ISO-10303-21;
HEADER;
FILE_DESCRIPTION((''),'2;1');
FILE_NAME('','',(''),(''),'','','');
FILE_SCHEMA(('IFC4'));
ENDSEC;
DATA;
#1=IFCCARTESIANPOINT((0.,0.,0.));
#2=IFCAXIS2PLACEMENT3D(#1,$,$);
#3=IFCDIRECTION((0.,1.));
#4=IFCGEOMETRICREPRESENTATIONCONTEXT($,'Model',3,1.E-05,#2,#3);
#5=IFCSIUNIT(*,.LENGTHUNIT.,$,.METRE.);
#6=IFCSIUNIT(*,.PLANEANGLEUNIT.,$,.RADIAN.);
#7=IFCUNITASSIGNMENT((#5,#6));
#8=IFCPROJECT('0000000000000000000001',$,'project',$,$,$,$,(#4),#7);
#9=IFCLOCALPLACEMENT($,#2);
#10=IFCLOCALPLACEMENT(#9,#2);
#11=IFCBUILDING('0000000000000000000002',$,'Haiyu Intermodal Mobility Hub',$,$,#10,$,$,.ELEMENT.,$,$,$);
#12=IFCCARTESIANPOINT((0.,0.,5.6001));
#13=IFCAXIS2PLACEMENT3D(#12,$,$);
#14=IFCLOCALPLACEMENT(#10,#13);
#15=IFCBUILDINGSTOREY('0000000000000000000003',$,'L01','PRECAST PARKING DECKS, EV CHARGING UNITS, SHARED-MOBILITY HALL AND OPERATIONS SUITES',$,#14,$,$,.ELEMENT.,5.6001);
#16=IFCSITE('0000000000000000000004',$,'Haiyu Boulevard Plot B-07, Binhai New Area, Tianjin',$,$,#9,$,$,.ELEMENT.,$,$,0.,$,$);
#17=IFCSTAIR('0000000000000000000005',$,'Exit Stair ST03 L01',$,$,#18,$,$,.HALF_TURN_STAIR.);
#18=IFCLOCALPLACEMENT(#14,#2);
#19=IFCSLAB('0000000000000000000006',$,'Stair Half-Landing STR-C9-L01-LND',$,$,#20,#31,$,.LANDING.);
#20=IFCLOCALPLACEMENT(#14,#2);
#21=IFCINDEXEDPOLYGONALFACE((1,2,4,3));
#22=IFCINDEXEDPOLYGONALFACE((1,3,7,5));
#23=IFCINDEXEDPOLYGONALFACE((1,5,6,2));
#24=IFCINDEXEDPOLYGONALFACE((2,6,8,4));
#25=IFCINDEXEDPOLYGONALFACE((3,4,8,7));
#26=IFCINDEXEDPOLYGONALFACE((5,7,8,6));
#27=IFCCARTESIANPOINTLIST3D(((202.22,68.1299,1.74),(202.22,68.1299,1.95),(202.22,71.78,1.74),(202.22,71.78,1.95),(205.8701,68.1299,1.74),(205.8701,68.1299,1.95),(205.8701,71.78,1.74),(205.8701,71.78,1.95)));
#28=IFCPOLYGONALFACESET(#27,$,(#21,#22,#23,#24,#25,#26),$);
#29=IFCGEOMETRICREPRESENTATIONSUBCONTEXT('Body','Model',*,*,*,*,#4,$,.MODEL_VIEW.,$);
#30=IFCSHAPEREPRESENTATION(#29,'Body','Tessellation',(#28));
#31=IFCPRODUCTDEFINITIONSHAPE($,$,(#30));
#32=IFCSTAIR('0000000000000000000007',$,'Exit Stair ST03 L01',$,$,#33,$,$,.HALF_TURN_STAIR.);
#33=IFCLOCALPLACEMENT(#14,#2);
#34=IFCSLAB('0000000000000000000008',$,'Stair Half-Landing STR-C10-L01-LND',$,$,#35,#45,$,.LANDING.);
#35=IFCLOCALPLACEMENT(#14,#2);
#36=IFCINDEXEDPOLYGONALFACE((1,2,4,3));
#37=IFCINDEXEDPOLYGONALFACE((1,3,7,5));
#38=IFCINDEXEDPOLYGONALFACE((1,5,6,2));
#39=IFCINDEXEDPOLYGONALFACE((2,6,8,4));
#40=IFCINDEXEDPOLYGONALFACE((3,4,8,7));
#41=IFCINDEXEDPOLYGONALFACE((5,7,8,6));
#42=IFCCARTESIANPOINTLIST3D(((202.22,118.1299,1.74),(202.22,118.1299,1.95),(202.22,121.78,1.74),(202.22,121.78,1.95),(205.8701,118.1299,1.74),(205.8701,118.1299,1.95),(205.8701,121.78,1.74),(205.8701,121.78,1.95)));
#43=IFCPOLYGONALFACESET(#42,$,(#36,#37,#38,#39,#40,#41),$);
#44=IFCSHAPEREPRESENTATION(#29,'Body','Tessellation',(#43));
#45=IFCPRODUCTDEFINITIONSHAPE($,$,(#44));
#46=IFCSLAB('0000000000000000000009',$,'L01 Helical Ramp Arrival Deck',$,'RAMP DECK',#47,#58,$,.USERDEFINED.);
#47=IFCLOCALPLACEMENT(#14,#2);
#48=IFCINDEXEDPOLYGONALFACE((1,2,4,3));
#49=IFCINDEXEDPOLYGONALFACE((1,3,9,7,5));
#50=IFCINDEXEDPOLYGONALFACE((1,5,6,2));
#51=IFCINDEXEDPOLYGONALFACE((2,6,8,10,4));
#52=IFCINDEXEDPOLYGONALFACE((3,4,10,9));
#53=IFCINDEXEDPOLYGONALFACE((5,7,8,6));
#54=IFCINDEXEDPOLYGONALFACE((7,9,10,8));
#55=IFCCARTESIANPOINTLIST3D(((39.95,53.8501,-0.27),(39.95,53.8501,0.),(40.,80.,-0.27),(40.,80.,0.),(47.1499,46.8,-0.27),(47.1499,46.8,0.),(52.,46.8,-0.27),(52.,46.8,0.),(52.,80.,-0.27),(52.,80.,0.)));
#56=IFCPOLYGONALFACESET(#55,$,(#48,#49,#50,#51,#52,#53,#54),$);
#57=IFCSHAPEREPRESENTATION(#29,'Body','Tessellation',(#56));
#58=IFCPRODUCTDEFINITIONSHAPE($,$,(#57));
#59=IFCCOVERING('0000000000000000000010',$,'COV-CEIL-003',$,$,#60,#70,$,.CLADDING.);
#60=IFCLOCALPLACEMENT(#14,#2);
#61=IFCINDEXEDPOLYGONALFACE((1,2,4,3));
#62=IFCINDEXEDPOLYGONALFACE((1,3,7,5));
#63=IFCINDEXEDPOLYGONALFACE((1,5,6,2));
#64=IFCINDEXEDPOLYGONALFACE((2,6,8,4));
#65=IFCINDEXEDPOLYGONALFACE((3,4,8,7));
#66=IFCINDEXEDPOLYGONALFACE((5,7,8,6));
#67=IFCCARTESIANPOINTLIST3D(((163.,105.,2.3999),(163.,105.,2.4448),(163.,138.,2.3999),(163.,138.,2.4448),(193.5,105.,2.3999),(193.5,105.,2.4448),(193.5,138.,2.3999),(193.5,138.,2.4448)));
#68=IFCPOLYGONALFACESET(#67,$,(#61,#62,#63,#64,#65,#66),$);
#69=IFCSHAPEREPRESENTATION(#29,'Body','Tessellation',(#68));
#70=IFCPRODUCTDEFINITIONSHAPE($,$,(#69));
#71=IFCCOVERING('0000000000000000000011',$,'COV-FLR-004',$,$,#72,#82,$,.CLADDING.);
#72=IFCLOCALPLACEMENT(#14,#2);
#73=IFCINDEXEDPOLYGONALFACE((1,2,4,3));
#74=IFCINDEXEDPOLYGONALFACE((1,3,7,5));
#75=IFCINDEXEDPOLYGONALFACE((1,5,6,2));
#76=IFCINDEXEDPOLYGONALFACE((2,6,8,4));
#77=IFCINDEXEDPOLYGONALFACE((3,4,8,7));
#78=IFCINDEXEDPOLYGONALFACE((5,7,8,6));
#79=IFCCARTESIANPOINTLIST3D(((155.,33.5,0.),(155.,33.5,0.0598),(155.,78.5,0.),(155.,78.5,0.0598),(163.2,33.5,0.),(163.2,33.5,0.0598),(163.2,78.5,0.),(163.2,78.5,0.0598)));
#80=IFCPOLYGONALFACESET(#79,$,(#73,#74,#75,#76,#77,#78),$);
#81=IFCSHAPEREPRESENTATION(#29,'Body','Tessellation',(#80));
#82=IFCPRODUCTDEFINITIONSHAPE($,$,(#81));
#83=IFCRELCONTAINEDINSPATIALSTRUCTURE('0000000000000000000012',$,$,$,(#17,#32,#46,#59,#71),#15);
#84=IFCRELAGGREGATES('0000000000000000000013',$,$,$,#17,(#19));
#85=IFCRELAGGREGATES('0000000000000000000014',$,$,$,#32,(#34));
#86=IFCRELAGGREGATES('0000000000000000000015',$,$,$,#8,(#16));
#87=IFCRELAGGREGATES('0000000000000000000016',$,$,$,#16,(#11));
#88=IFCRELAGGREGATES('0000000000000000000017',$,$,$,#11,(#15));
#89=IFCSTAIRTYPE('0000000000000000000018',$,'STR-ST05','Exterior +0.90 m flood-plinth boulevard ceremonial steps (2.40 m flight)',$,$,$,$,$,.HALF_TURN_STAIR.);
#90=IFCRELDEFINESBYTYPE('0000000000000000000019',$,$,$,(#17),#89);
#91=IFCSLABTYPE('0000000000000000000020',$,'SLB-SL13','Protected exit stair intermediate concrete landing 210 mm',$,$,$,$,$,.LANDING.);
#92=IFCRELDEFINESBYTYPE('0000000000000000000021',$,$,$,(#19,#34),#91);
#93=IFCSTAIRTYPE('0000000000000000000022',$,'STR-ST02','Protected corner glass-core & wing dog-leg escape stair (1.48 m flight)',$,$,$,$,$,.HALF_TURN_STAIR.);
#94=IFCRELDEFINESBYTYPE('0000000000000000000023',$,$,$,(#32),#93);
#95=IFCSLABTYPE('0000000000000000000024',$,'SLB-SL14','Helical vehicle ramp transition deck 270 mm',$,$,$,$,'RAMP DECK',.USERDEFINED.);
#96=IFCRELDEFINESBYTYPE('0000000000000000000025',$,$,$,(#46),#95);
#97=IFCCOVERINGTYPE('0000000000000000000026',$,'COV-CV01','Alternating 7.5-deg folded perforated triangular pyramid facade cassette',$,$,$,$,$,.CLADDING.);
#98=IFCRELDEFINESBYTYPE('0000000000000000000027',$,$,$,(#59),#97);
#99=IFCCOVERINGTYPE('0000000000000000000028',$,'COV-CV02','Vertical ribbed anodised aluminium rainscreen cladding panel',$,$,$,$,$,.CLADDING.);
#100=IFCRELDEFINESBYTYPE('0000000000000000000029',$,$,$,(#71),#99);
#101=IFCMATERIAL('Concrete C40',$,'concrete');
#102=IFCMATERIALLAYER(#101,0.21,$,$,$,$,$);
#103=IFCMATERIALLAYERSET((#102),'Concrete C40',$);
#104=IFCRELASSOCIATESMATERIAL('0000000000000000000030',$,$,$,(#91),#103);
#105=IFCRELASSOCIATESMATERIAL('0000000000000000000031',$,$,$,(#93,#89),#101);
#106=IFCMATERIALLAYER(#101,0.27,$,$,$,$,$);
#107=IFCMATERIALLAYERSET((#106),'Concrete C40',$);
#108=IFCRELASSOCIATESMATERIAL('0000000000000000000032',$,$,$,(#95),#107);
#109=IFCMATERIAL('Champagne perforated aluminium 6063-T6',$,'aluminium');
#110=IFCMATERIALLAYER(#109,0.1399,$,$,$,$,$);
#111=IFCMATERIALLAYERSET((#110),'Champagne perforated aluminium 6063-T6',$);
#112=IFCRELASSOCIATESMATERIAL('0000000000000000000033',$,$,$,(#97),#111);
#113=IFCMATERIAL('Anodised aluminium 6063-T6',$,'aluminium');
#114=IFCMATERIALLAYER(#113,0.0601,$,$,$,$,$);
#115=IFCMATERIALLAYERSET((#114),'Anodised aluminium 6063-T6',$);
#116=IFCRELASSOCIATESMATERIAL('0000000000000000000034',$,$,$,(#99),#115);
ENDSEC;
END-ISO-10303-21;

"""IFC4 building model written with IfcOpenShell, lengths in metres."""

from ifc_helpers import new_model, si_unit, direction, frame, origin, place, context, subcontext, project, spatial, polyline, outline, extrude, material, layer, layer_set, type_object, element, aggregate, save


model = new_model("IFC4")

# Units and contexts
model_context = context("Model", 3, precision=1e-05, world=origin(), true_north=direction((0.0, 1.0)))
body_context = subcontext(model_context, "Body", "Model", "MODEL_VIEW")
ifc_project = project(units=[si_unit("LENGTHUNIT", "METRE"), si_unit("PLANEANGLEUNIT", "RADIAN")], contexts=[model_context])

# Site, building, storey
site_placement = place(None, origin())
site = spatial("IfcSite", under=ifc_project, at=site_placement, Name="Haiyu Boulevard Plot B-07, Binhai New Area, Tianjin", CompositionType="ELEMENT", RefElevation=0.0)
building_placement = place(site_placement, origin())
building = spatial("IfcBuilding", under=site, at=building_placement, Name="Haiyu Intermodal Mobility Hub", CompositionType="ELEMENT")
storey_placement = place(building_placement, frame((0.0, 0.0, 5.6001)))
storey = spatial("IfcBuildingStorey", under=building, at=storey_placement, Name="L01", Description="PRECAST PARKING DECKS, EV CHARGING UNITS, SHARED-MOBILITY HALL AND OPERATIONS SUITES", CompositionType="ELEMENT", Elevation=5.6001)

# Shared definitions
ifc_material_1 = material(Name="Concrete C40", Category="concrete")

# Shared definitions
ifc_layer_1 = layer(ifc_material_1, 0.21)
ifc_layer_set_1 = layer_set([ifc_layer_1], Name="Concrete C40")
slab_type_1 = type_object("IfcSlabType", Name="SLB-SL13", Description="Protected exit stair intermediate concrete landing 210 mm", PredefinedType="LANDING", material=ifc_layer_set_1)

# Stairs, slabs
stair_type_1 = type_object("IfcStairType", Name="STR-ST02", Description="Protected corner glass-core & wing dog-leg escape stair (1.48 m flight)", PredefinedType="HALF_TURN_STAIR", material=ifc_material_1)
stair_type_2 = type_object("IfcStairType", Name="STR-ST05", Description="Exterior +0.90 m flood-plinth boulevard ceremonial steps (2.40 m flight)", PredefinedType="HALF_TURN_STAIR", material=ifc_material_1)
stair_1_placement = place(storey_placement, origin())
stair_1 = element("IfcStair", 1, at=stair_1_placement, inside=storey, type_object=stair_type_2, Name="Exit Stair ST03 L01", PredefinedType="HALF_TURN_STAIR")
slab_1_placement = place(storey_placement, frame((0.0, 0.0, 1.74)))
slab_1 = element("IfcSlab", 2, at=slab_1_placement, type_object=slab_type_1, Name="Stair Half-Landing STR-C9-L01-LND", PredefinedType="LANDING", context=body_context, shape_type="SweptSolid", body=[
    extrude(outline(polyline([(202.22, 68.1299), (205.8701, 68.1299), (205.8701, 71.78), (202.22, 71.78), (202.22, 68.1299)])), origin(), (0.0, 0.0, 1.0), 0.21),
])
aggregate(stair_1, [slab_1])
stair_2_placement = place(storey_placement, origin())
stair_2 = element("IfcStair", 3, at=stair_2_placement, inside=storey, type_object=stair_type_1, Name="Exit Stair ST03 L01", PredefinedType="HALF_TURN_STAIR")
slab_2_placement = place(storey_placement, frame((0.0, 0.0, 1.74)))
slab_2 = element("IfcSlab", 4, at=slab_2_placement, type_object=slab_type_1, Name="Stair Half-Landing STR-C10-L01-LND", PredefinedType="LANDING", context=body_context, shape_type="SweptSolid", body=[
    extrude(outline(polyline([(202.22, 118.1299), (205.8701, 118.1299), (205.8701, 121.78), (202.22, 121.78), (202.22, 118.1299)])), origin(), (0.0, 0.0, 1.0), 0.21),
])
aggregate(stair_2, [slab_2])

# Slab
ifc_layer_2 = layer(ifc_material_1, 0.27)
ifc_layer_set_2 = layer_set([ifc_layer_2], Name="Concrete C40")
slab_type_2 = type_object("IfcSlabType", Name="SLB-SL14", Description="Helical vehicle ramp transition deck 270 mm", ElementType="RAMP DECK", PredefinedType="USERDEFINED", material=ifc_layer_set_2)
slab_3_placement = place(storey_placement, frame((0.0, 0.0, -0.27)))
element("IfcSlab", 5, at=slab_3_placement, inside=storey, type_object=slab_type_2, Name="L01 Helical Ramp Arrival Deck", ObjectType="RAMP DECK", PredefinedType="USERDEFINED", context=body_context, shape_type="SweptSolid", body=[
    extrude(outline(polyline([(39.95, 53.8501), (47.1499, 46.8), (52.0, 46.8), (52.0, 80.0), (40.0, 80.0), (39.95, 53.8501)])), origin(), (0.0, 0.0, 1.0), 0.27),
])

# Coverings
ifc_material_2 = material(Name="Champagne perforated aluminium 6063-T6", Category="aluminium")
ifc_layer_3 = layer(ifc_material_2, 0.1399)
ifc_layer_set_3 = layer_set([ifc_layer_3], Name="Champagne perforated aluminium 6063-T6")
covering_type_1 = type_object("IfcCoveringType", Name="COV-CV01", Description="Alternating 7.5-deg folded perforated triangular pyramid facade cassette", PredefinedType="CLADDING", material=ifc_layer_set_3)
covering_1_placement = place(storey_placement, frame((0.0, 0.0, 2.3999)))
element("IfcCovering", 6, at=covering_1_placement, inside=storey, type_object=covering_type_1, Name="COV-CEIL-003", PredefinedType="CLADDING", context=body_context, shape_type="SweptSolid", body=[
    extrude(outline(polyline([(163.0, 105.0), (193.5, 105.0), (193.5, 138.0), (163.0, 138.0), (163.0, 105.0)])), origin(), (0.0, 0.0, 1.0), 0.0449),
])
ifc_material_3 = material(Name="Anodised aluminium 6063-T6", Category="aluminium")
ifc_layer_4 = layer(ifc_material_3, 0.0601)
ifc_layer_set_4 = layer_set([ifc_layer_4], Name="Anodised aluminium 6063-T6")
covering_type_2 = type_object("IfcCoveringType", Name="COV-CV02", Description="Vertical ribbed anodised aluminium rainscreen cladding panel", PredefinedType="CLADDING", material=ifc_layer_set_4)
covering_2_placement = place(storey_placement, origin())
element("IfcCovering", 7, at=covering_2_placement, inside=storey, type_object=covering_type_2, Name="COV-FLR-004", PredefinedType="CLADDING", context=body_context, shape_type="SweptSolid", body=[
    extrude(outline(polyline([(155.0, 33.5), (163.2, 33.5), (163.2, 78.5), (155.0, 78.5), (155.0, 33.5)])), origin(), (0.0, 0.0, 1.0), 0.0598),
])

save(model, "model.ifc")
